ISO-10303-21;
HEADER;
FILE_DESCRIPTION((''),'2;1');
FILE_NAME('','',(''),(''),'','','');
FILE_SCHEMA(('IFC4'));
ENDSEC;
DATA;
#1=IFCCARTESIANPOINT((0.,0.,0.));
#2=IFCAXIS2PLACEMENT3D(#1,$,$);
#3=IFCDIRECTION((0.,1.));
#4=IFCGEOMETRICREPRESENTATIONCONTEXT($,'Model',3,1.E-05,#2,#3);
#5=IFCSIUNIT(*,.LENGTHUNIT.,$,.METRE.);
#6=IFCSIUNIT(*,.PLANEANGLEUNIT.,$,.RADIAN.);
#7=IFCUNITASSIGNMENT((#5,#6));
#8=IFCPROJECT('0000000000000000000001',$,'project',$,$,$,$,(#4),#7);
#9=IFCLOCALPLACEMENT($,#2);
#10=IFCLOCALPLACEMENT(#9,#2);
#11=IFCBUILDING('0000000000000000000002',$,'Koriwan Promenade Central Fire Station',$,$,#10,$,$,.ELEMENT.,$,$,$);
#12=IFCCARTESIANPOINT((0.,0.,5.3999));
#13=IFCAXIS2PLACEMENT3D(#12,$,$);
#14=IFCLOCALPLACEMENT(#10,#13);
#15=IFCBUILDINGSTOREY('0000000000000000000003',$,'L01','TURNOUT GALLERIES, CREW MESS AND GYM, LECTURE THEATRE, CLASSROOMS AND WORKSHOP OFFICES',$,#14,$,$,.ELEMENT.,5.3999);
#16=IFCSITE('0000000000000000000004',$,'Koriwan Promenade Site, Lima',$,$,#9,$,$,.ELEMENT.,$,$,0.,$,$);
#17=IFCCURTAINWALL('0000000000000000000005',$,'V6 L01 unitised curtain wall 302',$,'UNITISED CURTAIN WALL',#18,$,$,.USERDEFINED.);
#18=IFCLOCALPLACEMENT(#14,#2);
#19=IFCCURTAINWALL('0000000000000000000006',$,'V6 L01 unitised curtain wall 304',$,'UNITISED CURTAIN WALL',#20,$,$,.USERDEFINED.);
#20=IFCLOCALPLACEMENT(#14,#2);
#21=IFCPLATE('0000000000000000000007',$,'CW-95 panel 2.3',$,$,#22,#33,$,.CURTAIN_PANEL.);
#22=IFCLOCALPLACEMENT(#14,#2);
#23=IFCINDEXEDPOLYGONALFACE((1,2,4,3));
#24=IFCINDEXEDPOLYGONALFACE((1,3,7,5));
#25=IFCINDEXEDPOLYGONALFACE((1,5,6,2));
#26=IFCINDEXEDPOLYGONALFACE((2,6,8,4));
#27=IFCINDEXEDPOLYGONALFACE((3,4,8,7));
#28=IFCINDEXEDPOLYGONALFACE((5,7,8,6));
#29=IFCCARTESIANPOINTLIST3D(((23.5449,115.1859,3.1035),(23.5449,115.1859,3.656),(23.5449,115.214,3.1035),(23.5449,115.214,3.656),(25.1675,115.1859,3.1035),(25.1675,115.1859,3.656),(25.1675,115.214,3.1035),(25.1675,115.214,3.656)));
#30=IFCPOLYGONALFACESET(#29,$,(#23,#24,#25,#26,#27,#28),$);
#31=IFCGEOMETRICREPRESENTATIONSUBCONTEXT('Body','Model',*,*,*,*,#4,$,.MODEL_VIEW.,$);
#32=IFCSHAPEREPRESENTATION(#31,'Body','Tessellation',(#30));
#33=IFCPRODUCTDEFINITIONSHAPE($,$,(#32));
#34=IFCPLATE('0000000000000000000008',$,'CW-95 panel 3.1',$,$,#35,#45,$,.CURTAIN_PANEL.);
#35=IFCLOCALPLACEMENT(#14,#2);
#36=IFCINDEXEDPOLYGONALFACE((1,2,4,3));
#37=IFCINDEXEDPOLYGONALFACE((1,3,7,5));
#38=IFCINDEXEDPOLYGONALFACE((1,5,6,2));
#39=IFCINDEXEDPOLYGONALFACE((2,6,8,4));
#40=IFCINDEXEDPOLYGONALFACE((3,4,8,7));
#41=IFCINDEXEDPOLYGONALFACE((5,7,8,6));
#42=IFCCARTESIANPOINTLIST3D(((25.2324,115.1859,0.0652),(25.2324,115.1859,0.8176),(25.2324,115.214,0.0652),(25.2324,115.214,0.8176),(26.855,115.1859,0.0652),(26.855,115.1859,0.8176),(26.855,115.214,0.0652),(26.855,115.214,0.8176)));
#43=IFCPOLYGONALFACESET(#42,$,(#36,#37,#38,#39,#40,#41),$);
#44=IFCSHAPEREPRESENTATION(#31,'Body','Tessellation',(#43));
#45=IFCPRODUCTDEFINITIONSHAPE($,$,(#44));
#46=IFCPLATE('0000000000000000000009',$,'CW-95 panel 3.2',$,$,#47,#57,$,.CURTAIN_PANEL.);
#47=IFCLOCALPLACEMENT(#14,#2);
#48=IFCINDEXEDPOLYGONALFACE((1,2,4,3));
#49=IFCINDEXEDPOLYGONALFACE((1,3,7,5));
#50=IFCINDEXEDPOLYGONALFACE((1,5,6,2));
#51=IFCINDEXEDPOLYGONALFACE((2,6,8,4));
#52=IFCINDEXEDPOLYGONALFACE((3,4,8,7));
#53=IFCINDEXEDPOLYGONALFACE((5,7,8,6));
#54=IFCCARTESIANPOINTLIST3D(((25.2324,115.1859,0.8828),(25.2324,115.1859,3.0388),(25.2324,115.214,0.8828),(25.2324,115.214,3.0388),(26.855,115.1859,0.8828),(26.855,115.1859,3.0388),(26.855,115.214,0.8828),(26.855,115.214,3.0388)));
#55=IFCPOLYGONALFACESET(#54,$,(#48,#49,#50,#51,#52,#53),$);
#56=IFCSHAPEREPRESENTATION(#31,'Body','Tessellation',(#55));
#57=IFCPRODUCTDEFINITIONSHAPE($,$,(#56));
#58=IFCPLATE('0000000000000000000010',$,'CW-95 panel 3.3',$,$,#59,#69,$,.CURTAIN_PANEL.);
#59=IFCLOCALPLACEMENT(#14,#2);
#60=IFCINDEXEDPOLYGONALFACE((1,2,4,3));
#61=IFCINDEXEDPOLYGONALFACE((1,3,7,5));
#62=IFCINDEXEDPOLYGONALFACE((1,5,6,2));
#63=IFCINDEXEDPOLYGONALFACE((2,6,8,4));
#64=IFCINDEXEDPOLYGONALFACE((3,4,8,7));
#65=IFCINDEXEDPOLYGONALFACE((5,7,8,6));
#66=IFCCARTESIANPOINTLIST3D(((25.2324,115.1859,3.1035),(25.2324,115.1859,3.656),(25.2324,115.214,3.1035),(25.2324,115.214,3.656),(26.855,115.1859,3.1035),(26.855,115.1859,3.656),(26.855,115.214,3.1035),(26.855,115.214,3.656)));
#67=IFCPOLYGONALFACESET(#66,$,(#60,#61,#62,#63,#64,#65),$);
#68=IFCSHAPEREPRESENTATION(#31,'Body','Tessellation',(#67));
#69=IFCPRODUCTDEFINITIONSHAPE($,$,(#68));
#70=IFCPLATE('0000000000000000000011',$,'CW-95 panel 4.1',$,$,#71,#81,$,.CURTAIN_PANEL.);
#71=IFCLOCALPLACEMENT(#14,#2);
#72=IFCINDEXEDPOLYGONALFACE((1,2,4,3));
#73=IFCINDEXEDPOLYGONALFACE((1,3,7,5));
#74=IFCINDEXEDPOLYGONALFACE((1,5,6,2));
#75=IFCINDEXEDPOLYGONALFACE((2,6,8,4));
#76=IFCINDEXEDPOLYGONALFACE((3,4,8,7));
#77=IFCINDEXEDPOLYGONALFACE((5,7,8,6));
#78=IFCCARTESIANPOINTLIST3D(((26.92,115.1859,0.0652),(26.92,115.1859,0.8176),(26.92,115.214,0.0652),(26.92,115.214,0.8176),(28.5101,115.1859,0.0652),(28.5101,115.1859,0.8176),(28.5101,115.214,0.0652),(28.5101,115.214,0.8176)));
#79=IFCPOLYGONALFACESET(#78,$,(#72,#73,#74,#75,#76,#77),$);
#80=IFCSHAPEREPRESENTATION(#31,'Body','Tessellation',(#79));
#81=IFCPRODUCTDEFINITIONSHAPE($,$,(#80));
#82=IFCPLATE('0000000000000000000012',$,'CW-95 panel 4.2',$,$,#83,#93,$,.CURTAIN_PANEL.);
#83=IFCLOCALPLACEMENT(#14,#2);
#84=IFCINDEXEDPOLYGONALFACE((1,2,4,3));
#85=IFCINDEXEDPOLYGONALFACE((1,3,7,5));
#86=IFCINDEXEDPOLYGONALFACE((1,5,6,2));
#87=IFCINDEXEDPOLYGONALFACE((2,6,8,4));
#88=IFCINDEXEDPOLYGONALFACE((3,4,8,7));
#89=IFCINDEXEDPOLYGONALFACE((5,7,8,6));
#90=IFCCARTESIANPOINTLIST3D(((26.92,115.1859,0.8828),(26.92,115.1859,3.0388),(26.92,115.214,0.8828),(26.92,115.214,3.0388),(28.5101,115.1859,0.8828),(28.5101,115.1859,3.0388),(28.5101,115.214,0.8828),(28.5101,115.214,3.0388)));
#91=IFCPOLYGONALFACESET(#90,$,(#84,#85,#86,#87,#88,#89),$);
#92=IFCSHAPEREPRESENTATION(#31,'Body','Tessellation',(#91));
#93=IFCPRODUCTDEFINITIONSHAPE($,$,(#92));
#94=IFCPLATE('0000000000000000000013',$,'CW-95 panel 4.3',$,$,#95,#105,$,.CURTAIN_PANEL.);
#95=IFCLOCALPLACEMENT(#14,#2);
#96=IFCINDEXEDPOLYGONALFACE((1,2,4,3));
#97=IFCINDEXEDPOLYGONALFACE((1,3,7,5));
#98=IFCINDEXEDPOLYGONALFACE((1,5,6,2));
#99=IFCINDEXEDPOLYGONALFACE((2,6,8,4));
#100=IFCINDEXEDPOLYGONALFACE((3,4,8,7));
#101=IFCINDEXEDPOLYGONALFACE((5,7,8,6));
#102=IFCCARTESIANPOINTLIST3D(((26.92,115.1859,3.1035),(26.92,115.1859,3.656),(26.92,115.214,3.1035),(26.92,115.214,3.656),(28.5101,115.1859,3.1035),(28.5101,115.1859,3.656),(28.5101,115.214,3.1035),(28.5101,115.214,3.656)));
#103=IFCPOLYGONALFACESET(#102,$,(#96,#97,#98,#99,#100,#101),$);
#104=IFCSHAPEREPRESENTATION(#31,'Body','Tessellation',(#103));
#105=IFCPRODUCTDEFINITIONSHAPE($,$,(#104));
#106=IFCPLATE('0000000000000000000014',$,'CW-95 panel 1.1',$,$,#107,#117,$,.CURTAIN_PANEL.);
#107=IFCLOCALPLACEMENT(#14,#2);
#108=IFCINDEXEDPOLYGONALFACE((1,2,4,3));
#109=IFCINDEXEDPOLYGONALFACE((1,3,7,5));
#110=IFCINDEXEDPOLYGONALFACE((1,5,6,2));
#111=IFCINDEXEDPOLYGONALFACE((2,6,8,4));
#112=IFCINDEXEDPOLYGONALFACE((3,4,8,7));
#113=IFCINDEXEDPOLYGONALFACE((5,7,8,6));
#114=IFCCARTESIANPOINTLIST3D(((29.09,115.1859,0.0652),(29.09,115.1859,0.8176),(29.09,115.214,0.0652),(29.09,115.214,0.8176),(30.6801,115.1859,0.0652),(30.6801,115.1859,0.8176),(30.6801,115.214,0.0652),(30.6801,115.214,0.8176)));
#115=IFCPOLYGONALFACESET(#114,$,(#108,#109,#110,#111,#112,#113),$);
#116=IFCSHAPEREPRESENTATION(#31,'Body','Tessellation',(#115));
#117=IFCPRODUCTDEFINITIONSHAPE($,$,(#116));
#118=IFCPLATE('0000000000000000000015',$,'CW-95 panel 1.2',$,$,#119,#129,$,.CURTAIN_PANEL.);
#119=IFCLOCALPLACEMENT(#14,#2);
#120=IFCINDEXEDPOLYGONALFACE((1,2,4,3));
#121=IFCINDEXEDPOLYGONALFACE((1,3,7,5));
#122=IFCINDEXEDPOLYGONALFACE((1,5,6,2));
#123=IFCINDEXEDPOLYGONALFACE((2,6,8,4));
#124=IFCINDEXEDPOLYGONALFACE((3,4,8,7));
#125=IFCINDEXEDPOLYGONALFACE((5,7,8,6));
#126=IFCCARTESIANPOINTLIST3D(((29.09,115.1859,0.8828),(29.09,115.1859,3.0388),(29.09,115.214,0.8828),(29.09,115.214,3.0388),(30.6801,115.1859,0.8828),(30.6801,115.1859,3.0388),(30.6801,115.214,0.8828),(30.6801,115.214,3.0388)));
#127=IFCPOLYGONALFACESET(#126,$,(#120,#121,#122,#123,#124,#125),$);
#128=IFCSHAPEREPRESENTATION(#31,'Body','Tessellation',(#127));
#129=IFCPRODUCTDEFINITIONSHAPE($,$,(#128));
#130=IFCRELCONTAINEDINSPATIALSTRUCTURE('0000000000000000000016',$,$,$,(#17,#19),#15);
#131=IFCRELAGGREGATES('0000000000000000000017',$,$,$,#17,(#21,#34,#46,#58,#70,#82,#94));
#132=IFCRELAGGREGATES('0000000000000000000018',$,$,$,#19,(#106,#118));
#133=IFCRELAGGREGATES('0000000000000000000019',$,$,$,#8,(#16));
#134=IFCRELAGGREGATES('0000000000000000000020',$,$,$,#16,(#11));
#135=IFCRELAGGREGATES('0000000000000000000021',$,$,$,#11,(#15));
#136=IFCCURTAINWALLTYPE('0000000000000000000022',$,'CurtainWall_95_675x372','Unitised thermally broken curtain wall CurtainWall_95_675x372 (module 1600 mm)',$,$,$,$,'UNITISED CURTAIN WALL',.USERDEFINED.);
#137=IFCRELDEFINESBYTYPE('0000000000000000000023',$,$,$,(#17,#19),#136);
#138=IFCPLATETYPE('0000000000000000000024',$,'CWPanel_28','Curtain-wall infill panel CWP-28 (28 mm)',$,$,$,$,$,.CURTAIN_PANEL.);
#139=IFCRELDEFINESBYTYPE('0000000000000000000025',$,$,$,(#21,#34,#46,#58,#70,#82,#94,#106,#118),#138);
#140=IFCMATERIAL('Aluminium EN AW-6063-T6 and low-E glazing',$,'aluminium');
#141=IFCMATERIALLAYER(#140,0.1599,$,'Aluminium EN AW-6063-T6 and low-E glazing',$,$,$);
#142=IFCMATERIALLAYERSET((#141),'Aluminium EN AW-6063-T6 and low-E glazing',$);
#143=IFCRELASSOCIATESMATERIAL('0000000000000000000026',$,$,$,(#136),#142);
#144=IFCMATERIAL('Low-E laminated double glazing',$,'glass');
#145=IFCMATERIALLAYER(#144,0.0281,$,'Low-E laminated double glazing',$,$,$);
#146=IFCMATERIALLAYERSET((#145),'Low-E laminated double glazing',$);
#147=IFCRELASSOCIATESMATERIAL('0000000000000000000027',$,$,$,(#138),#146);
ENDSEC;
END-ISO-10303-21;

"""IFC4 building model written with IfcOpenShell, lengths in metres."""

from ifc_helpers import new_model, si_unit, direction, frame, origin, origin_2d, place, context, subcontext, project, spatial, rectangle, extrude, material, layer, layer_set, type_object, element, aggregate, save


model = new_model("IFC4")

# Units and contexts
model_context = context("Model", 3, precision=1e-05, world=origin(), true_north=direction((0.0, 1.0)))
body_context = subcontext(model_context, "Body", "Model", "MODEL_VIEW")
ifc_project = project(units=[si_unit("LENGTHUNIT", "METRE"), si_unit("PLANEANGLEUNIT", "RADIAN")], contexts=[model_context])

# Site, building, storey
site_placement = place(None, origin())
site = spatial("IfcSite", under=ifc_project, at=site_placement, Name="Koriwan Promenade Site, Lima", CompositionType="ELEMENT", RefElevation=0.0)
building_placement = place(site_placement, origin())
building = spatial("IfcBuilding", under=site, at=building_placement, Name="Koriwan Promenade Central Fire Station", CompositionType="ELEMENT")
storey_placement = place(building_placement, frame((0.0, 0.0, 5.3999)))
storey = spatial("IfcBuildingStorey", under=building, at=storey_placement, Name="L01", Description="TURNOUT GALLERIES, CREW MESS AND GYM, LECTURE THEATRE, CLASSROOMS AND WORKSHOP OFFICES", CompositionType="ELEMENT", Elevation=5.3999)

# Curtain wall
ifc_material_1 = material(Name="Aluminium EN AW-6063-T6 and low-E glazing", Category="aluminium")
ifc_layer_1 = layer(ifc_material_1, 0.1599, Name="Aluminium EN AW-6063-T6 and low-E glazing")
ifc_layer_set_1 = layer_set([ifc_layer_1], Name="Aluminium EN AW-6063-T6 and low-E glazing")
curtain_wall_type = type_object("IfcCurtainWallType", Name="CurtainWall_95_675x372", Description="Unitised thermally broken curtain wall CurtainWall_95_675x372 (module 1600 mm)", ElementType="UNITISED CURTAIN WALL", PredefinedType="USERDEFINED", material=ifc_layer_set_1)
curtain_wall_1_placement = place(storey_placement, origin())
curtain_wall_1 = element("IfcCurtainWall", 1, at=curtain_wall_1_placement, inside=storey, type_object=curtain_wall_type, Name="V6 L01 unitised curtain wall 302", ObjectType="UNITISED CURTAIN WALL", PredefinedType="USERDEFINED")

# Curtain wall
curtain_wall_2_placement = place(storey_placement, origin())
curtain_wall_2 = element("IfcCurtainWall", 2, at=curtain_wall_2_placement, inside=storey, type_object=curtain_wall_type, Name="V6 L01 unitised curtain wall 304", ObjectType="UNITISED CURTAIN WALL", PredefinedType="USERDEFINED")

# Plates
ifc_material_2 = material(Name="Low-E laminated double glazing", Category="glass")
ifc_layer_2 = layer(ifc_material_2, 0.0281, Name="Low-E laminated double glazing")
ifc_layer_set_2 = layer_set([ifc_layer_2], Name="Low-E laminated double glazing")
plate_type = type_object("IfcPlateType", Name="CWPanel_28", Description="Curtain-wall infill panel CWP-28 (28 mm)", PredefinedType="CURTAIN_PANEL", material=ifc_layer_set_2)
plate_1_placement = place(storey_placement, frame((24.3562, 115.2, 3.1035), z_axis=(0.0, 0.0, 1.0), x_axis=(1.0, 0.0, 0.0)))
plate_1 = element("IfcPlate", 3, at=plate_1_placement, type_object=plate_type, Name="CW-95 panel 2.3", PredefinedType="CURTAIN_PANEL", context=body_context, shape_type="SweptSolid", body=[
    extrude(rectangle(XDim=1.6226, YDim=0.0281, at=origin_2d()), origin(), (0.0, 0.0, 1.0), 0.5525),
])
plate_2_placement = place(storey_placement, frame((26.0437, 115.2, 0.0652), z_axis=(0.0, 0.0, 1.0), x_axis=(1.0, 0.0, 0.0)))
plate_2 = element("IfcPlate", 4, at=plate_2_placement, type_object=plate_type, Name="CW-95 panel 3.1", PredefinedType="CURTAIN_PANEL", context=body_context, shape_type="SweptSolid", body=[
    extrude(rectangle(XDim=1.6226, YDim=0.0281, at=origin_2d()), origin(), (0.0, 0.0, 1.0), 0.7524),
])
plate_3_placement = place(storey_placement, frame((26.0437, 115.2, 0.8828), z_axis=(0.0, 0.0, 1.0), x_axis=(1.0, 0.0, 0.0)))
plate_3 = element("IfcPlate", 5, at=plate_3_placement, type_object=plate_type, Name="CW-95 panel 3.2", PredefinedType="CURTAIN_PANEL", context=body_context, shape_type="SweptSolid", body=[
    extrude(rectangle(XDim=1.6226, YDim=0.0281, at=origin_2d()), origin(), (0.0, 0.0, 1.0), 2.156),
])
plate_4_placement = place(storey_placement, frame((26.0437, 115.2, 3.1035), z_axis=(0.0, 0.0, 1.0), x_axis=(1.0, 0.0, 0.0)))
plate_4 = element("IfcPlate", 6, at=plate_4_placement, type_object=plate_type, Name="CW-95 panel 3.3", PredefinedType="CURTAIN_PANEL", context=body_context, shape_type="SweptSolid", body=[
    extrude(rectangle(XDim=1.6226, YDim=0.0281, at=origin_2d()), origin(), (0.0, 0.0, 1.0), 0.5525),
])
plate_5_placement = place(storey_placement, frame((27.7151, 115.2, 0.0652), z_axis=(0.0, 0.0, 1.0), x_axis=(1.0, 0.0, 0.0)))
plate_5 = element("IfcPlate", 7, at=plate_5_placement, type_object=plate_type, Name="CW-95 panel 4.1", PredefinedType="CURTAIN_PANEL", context=body_context, shape_type="SweptSolid", body=[
    extrude(rectangle(XDim=1.5901, YDim=0.0281, at=origin_2d()), origin(), (0.0, 0.0, 1.0), 0.7524),
])
plate_6_placement = place(storey_placement, frame((27.7151, 115.2, 0.8828), z_axis=(0.0, 0.0, 1.0), x_axis=(1.0, 0.0, 0.0)))
plate_6 = element("IfcPlate", 8, at=plate_6_placement, type_object=plate_type, Name="CW-95 panel 4.2", PredefinedType="CURTAIN_PANEL", context=body_context, shape_type="SweptSolid", body=[
    extrude(rectangle(XDim=1.5901, YDim=0.0281, at=origin_2d()), origin(), (0.0, 0.0, 1.0), 2.156),
])
plate_7_placement = place(storey_placement, frame((27.7151, 115.2, 3.1035), z_axis=(0.0, 0.0, 1.0), x_axis=(1.0, 0.0, 0.0)))
plate_7 = element("IfcPlate", 9, at=plate_7_placement, type_object=plate_type, Name="CW-95 panel 4.3", PredefinedType="CURTAIN_PANEL", context=body_context, shape_type="SweptSolid", body=[
    extrude(rectangle(XDim=1.5901, YDim=0.0281, at=origin_2d()), origin(), (0.0, 0.0, 1.0), 0.5525),
])
aggregate(curtain_wall_1, [plate_1, plate_2, plate_3, plate_4, plate_5, plate_6, plate_7])
plate_8_placement = place(storey_placement, frame((29.885, 115.2, 0.0652), z_axis=(0.0, 0.0, 1.0), x_axis=(1.0, 0.0, 0.0)))
plate_8 = element("IfcPlate", 10, at=plate_8_placement, type_object=plate_type, Name="CW-95 panel 1.1", PredefinedType="CURTAIN_PANEL", context=body_context, shape_type="SweptSolid", body=[
    extrude(rectangle(XDim=1.5901, YDim=0.0281, at=origin_2d()), origin(), (0.0, 0.0, 1.0), 0.7524),
])
plate_9_placement = place(storey_placement, frame((29.885, 115.2, 0.8828), z_axis=(0.0, 0.0, 1.0), x_axis=(1.0, 0.0, 0.0)))
plate_9 = element("IfcPlate", 11, at=plate_9_placement, type_object=plate_type, Name="CW-95 panel 1.2", PredefinedType="CURTAIN_PANEL", context=body_context, shape_type="SweptSolid", body=[
    extrude(rectangle(XDim=1.5901, YDim=0.0281, at=origin_2d()), origin(), (0.0, 0.0, 1.0), 2.156),
])
aggregate(curtain_wall_2, [plate_8, plate_9])

save(model, "model.ifc")
